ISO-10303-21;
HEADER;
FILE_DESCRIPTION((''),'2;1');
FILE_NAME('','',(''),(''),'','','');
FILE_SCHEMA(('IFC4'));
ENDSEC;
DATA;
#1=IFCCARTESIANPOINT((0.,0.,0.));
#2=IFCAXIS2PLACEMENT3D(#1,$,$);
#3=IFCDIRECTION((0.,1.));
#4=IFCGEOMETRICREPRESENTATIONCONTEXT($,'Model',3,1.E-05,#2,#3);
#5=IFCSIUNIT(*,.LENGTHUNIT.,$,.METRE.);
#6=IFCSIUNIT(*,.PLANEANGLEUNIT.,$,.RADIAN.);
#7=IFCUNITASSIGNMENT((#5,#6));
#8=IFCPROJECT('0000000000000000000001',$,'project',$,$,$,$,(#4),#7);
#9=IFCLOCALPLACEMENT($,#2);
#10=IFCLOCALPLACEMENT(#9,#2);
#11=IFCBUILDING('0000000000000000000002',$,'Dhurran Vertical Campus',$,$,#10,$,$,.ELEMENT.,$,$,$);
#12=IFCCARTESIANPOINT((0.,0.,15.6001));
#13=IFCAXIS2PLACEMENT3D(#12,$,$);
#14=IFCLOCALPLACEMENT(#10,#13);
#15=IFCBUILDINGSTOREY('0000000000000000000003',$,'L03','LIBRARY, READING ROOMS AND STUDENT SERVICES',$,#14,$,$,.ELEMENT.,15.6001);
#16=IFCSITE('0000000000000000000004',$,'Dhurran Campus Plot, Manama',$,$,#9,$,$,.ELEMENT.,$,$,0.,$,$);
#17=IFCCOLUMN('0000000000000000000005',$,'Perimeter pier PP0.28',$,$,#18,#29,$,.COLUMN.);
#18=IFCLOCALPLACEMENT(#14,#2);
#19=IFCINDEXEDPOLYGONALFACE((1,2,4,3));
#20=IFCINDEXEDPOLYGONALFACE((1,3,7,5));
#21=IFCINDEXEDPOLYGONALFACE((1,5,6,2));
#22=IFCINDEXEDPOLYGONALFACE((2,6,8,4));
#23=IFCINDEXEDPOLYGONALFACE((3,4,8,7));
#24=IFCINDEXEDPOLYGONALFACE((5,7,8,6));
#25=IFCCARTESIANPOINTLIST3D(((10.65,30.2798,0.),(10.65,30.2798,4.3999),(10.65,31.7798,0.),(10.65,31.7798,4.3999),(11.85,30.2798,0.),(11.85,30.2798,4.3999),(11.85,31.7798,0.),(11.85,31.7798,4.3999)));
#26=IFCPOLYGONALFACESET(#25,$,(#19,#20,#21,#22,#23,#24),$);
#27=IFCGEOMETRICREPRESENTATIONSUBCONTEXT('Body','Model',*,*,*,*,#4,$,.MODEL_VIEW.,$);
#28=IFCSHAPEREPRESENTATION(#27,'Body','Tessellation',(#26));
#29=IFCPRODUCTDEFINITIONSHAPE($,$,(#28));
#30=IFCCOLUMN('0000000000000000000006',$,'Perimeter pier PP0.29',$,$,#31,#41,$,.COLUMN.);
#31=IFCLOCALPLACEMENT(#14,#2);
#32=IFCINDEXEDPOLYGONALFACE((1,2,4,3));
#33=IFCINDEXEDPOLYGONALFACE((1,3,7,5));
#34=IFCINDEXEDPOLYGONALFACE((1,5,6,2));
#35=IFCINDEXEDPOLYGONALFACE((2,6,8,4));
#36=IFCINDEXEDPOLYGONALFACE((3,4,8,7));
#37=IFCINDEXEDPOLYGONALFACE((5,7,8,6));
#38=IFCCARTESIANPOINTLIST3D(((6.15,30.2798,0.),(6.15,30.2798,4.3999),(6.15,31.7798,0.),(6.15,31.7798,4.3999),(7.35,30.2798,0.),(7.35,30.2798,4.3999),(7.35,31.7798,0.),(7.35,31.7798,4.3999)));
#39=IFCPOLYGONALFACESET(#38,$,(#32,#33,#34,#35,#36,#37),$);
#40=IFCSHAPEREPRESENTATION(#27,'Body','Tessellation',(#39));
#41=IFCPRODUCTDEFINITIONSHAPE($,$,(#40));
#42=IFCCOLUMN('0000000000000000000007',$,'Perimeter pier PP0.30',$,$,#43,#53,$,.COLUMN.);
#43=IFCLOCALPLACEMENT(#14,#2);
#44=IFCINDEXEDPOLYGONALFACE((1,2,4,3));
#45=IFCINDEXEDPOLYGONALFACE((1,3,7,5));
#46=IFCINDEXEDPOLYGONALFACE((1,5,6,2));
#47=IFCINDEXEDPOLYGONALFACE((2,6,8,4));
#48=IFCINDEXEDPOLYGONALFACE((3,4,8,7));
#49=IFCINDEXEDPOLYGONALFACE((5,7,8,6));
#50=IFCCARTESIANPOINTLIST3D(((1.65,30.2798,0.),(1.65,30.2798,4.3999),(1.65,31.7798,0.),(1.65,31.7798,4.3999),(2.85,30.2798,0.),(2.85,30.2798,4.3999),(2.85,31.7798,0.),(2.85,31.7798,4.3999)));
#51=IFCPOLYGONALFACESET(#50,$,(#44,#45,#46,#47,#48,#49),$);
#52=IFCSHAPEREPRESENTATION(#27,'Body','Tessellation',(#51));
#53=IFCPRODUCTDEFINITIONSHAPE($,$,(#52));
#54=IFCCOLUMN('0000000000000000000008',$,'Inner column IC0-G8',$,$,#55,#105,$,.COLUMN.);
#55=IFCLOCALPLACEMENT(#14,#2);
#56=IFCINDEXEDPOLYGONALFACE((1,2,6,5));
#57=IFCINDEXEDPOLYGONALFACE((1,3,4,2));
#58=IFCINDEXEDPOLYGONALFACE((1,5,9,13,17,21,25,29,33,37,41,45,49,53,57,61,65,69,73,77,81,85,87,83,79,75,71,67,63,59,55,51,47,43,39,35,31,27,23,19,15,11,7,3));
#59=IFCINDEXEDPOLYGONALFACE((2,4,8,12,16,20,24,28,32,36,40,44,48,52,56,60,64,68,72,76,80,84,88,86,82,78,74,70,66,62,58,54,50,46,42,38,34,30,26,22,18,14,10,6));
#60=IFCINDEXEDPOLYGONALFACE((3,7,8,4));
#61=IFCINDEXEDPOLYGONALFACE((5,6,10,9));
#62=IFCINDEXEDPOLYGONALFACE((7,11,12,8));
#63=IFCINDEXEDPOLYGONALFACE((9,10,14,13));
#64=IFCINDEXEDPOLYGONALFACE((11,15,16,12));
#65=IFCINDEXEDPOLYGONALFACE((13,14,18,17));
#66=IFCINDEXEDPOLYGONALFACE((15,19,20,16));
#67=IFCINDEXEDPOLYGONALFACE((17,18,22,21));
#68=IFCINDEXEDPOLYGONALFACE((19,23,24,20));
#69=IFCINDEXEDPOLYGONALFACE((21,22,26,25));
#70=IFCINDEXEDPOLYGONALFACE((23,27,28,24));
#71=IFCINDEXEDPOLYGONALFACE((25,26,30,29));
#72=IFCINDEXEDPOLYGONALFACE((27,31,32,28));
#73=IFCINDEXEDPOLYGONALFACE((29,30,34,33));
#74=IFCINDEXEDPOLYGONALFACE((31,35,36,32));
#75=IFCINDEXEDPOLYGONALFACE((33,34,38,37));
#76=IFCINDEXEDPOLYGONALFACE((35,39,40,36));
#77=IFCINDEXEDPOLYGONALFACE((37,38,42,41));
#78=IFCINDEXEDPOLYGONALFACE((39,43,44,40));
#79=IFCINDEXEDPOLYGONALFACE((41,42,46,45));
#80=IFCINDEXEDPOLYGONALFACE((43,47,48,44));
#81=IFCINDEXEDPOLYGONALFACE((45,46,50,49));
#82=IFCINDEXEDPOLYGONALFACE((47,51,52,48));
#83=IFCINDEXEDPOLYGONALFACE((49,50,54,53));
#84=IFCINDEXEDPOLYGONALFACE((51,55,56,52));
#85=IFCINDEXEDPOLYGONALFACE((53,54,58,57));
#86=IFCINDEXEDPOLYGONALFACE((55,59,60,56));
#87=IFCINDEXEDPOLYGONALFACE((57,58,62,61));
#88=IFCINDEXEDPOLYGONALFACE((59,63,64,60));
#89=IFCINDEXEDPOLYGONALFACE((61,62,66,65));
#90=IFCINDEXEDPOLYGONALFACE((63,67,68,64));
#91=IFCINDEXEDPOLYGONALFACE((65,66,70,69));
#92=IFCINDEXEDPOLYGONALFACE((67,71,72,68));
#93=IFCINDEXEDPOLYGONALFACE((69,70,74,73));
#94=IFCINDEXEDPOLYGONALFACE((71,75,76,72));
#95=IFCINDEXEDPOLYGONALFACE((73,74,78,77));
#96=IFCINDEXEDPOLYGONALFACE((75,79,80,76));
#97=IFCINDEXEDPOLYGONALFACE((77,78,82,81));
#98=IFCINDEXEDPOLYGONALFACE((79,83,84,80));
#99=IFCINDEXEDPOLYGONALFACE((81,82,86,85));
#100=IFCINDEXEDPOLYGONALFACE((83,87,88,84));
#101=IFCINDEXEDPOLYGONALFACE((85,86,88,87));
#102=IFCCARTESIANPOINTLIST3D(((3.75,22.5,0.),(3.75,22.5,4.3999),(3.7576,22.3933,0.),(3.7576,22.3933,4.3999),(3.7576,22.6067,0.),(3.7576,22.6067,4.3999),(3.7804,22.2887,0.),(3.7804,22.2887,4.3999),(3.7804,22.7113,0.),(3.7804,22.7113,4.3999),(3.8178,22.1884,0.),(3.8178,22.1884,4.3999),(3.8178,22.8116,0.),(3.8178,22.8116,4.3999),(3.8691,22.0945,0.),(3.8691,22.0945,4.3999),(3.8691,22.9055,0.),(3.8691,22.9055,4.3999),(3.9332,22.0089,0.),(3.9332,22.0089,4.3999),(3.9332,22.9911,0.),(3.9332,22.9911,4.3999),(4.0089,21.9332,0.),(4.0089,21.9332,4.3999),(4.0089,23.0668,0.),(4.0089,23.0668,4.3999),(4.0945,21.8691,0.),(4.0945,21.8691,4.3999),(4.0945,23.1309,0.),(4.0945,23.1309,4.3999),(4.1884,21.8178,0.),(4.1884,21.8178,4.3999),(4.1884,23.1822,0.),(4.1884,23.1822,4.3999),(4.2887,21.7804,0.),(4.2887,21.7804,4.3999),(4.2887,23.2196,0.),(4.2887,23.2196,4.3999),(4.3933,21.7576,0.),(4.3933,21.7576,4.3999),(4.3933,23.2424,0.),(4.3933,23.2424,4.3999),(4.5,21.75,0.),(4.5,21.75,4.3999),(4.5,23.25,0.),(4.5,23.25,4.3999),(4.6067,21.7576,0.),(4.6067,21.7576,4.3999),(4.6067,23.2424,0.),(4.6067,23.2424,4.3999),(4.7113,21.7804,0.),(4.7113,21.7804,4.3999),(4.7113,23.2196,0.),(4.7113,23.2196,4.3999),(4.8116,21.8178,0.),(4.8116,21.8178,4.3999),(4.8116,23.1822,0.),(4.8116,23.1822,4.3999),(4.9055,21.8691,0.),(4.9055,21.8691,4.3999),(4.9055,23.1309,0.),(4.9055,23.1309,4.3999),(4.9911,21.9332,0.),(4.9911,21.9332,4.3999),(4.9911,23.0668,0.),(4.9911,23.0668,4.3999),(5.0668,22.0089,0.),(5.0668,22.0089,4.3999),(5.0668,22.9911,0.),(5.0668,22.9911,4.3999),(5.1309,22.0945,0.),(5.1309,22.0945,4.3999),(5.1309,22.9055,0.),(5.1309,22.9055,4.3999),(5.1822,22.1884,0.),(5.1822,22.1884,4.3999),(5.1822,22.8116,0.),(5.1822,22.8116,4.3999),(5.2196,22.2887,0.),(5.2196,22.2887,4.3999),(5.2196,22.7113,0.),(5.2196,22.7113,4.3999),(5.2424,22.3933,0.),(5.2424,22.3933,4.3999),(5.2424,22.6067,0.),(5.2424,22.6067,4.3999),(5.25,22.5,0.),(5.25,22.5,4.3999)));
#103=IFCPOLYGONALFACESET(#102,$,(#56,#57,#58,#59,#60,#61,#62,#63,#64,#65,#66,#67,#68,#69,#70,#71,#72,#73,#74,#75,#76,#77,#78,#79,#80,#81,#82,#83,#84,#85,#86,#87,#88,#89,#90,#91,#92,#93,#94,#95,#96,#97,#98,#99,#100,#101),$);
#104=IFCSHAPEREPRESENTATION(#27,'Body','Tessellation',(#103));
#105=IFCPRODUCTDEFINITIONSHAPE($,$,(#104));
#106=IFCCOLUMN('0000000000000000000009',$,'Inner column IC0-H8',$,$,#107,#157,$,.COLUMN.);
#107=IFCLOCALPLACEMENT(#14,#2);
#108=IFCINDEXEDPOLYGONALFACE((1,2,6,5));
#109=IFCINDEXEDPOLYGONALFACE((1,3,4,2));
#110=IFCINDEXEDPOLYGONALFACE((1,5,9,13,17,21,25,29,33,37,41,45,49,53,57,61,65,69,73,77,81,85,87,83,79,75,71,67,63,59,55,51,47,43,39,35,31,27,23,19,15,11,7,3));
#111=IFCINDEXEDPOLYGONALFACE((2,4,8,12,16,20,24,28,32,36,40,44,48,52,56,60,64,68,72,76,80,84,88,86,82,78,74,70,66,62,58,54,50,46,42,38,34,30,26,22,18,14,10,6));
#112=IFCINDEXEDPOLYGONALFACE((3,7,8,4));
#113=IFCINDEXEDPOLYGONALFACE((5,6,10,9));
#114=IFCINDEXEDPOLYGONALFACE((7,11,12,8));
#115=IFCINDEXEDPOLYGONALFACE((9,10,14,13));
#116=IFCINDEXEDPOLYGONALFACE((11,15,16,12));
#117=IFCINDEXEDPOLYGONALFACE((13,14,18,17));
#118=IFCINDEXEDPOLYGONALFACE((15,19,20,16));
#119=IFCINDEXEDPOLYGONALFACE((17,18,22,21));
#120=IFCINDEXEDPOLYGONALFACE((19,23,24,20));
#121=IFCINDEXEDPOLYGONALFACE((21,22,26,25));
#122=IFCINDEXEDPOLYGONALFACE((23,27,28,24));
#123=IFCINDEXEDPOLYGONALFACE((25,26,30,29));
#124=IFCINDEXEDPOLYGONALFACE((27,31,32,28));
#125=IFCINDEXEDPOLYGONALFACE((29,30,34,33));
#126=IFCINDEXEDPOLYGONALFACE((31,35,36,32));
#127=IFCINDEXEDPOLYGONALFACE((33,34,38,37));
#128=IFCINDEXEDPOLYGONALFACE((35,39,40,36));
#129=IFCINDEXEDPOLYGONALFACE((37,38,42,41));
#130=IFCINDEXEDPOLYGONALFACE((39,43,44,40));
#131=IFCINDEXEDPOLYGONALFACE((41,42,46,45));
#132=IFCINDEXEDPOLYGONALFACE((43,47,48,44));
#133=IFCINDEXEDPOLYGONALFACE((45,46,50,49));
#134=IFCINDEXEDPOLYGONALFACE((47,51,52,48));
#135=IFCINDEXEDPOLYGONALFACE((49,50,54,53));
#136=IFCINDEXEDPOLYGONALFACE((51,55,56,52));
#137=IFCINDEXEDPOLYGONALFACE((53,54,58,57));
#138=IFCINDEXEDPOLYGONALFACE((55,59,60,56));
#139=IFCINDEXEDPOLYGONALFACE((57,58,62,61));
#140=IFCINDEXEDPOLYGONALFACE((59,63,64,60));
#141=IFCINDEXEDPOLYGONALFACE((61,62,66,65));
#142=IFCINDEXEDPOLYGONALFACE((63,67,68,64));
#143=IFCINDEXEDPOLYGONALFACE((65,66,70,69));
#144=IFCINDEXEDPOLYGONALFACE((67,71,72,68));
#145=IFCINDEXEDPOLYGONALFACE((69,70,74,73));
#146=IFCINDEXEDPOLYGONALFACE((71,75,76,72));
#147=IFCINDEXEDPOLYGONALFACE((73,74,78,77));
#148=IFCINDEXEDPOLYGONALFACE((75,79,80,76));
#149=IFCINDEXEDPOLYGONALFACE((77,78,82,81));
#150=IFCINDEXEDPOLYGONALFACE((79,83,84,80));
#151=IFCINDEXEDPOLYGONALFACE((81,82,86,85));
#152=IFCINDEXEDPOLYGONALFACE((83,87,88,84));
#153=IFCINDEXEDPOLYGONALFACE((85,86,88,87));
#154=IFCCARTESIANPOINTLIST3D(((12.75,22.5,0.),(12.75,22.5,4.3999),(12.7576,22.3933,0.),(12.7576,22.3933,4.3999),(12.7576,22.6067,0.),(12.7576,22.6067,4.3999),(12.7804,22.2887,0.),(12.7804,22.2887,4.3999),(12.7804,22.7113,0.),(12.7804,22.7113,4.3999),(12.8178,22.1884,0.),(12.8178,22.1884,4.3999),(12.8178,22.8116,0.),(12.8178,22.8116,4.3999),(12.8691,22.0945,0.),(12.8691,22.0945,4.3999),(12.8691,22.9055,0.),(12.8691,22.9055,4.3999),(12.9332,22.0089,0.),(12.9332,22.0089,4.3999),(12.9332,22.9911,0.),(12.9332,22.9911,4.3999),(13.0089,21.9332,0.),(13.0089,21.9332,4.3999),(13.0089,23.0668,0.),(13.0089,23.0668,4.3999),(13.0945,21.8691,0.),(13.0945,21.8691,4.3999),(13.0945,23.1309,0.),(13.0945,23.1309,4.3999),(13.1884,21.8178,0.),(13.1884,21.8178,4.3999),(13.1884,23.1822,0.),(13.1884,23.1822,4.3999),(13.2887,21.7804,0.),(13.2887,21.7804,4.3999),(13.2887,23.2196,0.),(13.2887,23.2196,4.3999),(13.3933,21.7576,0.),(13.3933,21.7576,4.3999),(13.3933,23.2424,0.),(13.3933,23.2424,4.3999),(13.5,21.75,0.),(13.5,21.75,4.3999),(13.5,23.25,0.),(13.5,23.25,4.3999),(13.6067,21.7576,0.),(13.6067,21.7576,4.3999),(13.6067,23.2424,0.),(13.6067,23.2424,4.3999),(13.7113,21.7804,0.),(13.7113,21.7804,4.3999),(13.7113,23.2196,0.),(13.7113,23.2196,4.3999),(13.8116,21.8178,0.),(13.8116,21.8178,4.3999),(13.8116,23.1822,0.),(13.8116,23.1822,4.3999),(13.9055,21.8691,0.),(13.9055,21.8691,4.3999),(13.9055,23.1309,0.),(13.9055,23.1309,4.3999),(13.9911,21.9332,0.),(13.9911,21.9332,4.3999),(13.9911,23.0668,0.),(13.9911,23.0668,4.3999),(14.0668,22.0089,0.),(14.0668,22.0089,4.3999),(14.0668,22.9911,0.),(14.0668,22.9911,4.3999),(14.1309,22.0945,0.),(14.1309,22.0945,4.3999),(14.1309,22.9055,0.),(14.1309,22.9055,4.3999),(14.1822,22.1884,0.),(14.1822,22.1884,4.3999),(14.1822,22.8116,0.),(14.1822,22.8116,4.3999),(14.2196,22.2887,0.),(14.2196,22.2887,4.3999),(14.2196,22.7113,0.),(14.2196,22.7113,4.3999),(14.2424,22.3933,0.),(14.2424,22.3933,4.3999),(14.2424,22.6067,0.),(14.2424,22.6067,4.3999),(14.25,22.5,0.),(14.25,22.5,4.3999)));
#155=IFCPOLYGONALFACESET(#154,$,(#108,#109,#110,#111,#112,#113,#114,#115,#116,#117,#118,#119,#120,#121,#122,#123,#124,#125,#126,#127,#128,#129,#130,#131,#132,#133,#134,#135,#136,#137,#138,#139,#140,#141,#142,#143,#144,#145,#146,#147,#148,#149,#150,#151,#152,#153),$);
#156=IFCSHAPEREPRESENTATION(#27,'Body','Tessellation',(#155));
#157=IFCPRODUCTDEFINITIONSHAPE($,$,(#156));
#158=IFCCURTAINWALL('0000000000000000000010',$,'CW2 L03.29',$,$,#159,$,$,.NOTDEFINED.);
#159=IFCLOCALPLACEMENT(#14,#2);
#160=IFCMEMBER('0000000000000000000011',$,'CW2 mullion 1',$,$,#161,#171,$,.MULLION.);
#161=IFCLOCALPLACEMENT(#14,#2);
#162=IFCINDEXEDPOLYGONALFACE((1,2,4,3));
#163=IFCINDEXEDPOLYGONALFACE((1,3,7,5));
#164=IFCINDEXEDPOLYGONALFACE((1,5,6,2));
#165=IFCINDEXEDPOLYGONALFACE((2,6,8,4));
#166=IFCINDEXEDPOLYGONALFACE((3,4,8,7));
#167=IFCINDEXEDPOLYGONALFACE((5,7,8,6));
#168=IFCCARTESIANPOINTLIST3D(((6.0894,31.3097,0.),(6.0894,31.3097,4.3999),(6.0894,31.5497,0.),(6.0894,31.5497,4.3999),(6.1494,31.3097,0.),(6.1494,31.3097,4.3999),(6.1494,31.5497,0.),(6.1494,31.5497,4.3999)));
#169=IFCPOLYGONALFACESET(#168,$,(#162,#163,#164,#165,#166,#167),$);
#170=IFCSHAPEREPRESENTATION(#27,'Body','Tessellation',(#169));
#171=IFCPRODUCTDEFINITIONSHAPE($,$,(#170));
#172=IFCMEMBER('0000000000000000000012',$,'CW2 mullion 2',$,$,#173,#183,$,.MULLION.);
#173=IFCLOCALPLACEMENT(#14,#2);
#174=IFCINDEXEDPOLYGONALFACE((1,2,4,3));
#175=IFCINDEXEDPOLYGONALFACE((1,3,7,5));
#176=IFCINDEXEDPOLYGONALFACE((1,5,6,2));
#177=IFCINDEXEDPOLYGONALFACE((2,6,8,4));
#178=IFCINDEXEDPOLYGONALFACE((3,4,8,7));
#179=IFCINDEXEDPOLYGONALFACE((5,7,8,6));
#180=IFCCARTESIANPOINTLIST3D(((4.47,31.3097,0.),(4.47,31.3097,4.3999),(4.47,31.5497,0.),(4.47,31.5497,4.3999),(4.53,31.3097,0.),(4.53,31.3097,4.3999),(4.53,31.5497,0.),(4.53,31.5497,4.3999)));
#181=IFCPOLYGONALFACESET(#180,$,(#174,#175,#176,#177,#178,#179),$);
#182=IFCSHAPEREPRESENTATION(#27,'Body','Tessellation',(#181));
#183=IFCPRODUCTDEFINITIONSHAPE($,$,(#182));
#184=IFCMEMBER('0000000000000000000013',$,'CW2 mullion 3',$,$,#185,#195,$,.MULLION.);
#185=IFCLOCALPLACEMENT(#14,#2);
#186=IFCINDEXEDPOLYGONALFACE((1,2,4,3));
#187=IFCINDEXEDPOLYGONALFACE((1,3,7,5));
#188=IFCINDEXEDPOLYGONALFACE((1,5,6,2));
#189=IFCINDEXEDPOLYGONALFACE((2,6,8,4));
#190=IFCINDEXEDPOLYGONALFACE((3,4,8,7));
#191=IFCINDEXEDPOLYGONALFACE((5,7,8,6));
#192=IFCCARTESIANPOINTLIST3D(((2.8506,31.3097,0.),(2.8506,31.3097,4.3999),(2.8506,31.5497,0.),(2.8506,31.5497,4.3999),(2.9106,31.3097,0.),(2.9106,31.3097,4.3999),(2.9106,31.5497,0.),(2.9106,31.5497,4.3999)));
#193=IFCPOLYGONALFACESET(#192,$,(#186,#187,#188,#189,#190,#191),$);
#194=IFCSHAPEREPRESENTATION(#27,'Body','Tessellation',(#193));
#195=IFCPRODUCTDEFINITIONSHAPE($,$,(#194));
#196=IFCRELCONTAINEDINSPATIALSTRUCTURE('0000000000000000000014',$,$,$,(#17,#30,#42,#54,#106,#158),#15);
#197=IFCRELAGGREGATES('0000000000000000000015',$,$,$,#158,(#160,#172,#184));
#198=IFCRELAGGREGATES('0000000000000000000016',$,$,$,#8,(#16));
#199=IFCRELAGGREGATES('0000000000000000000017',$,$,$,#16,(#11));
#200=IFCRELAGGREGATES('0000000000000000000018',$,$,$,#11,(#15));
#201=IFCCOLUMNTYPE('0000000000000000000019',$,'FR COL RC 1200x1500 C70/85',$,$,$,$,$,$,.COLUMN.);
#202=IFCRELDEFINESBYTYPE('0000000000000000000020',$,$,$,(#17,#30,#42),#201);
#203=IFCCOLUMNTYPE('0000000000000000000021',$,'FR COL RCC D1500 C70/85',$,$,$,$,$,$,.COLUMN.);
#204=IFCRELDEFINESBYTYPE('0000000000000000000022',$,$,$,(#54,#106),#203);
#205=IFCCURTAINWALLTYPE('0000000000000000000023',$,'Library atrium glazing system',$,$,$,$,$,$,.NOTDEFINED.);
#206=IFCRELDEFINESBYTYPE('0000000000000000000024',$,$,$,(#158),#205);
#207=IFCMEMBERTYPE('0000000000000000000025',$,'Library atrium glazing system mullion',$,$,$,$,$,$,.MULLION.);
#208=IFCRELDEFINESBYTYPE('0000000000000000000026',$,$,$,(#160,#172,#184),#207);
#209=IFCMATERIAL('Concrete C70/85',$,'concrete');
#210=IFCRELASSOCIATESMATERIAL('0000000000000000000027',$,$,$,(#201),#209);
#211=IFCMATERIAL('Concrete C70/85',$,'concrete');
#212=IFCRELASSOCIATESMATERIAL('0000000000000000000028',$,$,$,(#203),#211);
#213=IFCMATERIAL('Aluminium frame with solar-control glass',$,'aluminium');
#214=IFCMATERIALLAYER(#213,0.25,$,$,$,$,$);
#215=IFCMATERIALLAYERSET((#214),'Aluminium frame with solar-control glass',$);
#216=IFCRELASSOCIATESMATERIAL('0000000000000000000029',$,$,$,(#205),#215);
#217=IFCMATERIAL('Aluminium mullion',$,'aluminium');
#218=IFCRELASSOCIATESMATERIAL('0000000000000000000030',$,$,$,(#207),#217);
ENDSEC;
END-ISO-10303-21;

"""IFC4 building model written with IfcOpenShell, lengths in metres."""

from ifc_helpers import new_model, si_unit, direction, frame, origin, origin_2d, place, context, subcontext, project, spatial, rectangle, circle, extrude, material, layer, layer_set, material_profile, profile_set, type_object, element, aggregate, save


model = new_model("IFC4")

# Units and contexts
model_context = context("Model", 3, precision=1e-05, world=origin(), true_north=direction((0.0, 1.0)))
body_context = subcontext(model_context, "Body", "Model", "MODEL_VIEW")
ifc_project = project(units=[si_unit("LENGTHUNIT", "METRE"), si_unit("PLANEANGLEUNIT", "RADIAN")], contexts=[model_context])

# Site, building, storey
site_placement = place(None, origin())
site = spatial("IfcSite", under=ifc_project, at=site_placement, Name="Dhurran Campus Plot, Manama", CompositionType="ELEMENT", RefElevation=0.0)
building_placement = place(site_placement, origin())
building = spatial("IfcBuilding", under=site, at=building_placement, Name="Dhurran Vertical Campus", CompositionType="ELEMENT")
storey_placement = place(building_placement, frame((0.0, 0.0, 15.6001)))
storey = spatial("IfcBuildingStorey", under=building, at=storey_placement, Name="L03", Description="LIBRARY, READING ROOMS AND STUDENT SERVICES", CompositionType="ELEMENT", Elevation=15.6001)

# Columns
ifc_material_1 = material(Name="Concrete C70/85", Category="concrete")
ifc_material_profile_1 = material_profile(ifc_material_1, rectangle(XDim=1.2, YDim=1.5, at=origin_2d()), Name="RC 1200x1500")
ifc_profile_set_1 = profile_set([ifc_material_profile_1], Name="Concrete C70/85")
column_type_1 = type_object("IfcColumnType", Name="FR COL RC 1200x1500 C70/85", PredefinedType="COLUMN", material=ifc_profile_set_1)
for number, where, z_axis, x_axis, name in (
    (1, (11.25, 31.0298, 0.0), (0.0, 0.0, 1.0), (-1.0, 0.0, 0.0), "Perimeter pier PP0.28"),
    (2, (6.75, 31.0298, 0.0), (0.0, 0.0, 1.0), (-1.0, 0.0, 0.0), "Perimeter pier PP0.29"),
    (3, (2.25, 31.0298, 0.0), (0.0, 0.0, 1.0), (-1.0, 0.0, 0.0), "Perimeter pier PP0.30"),
):
    element("IfcColumn", number, at=place(storey_placement, frame(where, z_axis=z_axis, x_axis=x_axis)), inside=storey, type_object=column_type_1, Name=name, PredefinedType="COLUMN", context=body_context, shape_type="SweptSolid", body=[
        extrude(rectangle(XDim=1.2, YDim=1.5, at=origin_2d()), origin(), (0.0, 0.0, 1.0), 4.3999),
    ])
ifc_material_2 = material(Name="Concrete C70/85", Category="concrete")
ifc_material_profile_2 = material_profile(ifc_material_2, circle(Radius=0.75, at=origin_2d()), Name="RCC D1500")
ifc_profile_set_2 = profile_set([ifc_material_profile_2], Name="Concrete C70/85")
column_type_2 = type_object("IfcColumnType", Name="FR COL RCC D1500 C70/85", PredefinedType="COLUMN", material=ifc_profile_set_2)
for number, where, z_axis, x_axis, name in (
    (4, (4.5, 22.5, 0.0), (0.0, 0.0, 1.0), (1.0, 0.0, 0.0), "Inner column IC0-G8"),
    (5, (13.5, 22.5, 0.0), (0.0, 0.0, 1.0), (1.0, 0.0, 0.0), "Inner column IC0-H8"),
):
    element("IfcColumn", number, at=place(storey_placement, frame(where, z_axis=z_axis, x_axis=x_axis)), inside=storey, type_object=column_type_2, Name=name, PredefinedType="COLUMN", context=body_context, shape_type="SweptSolid", body=[
        extrude(circle(Radius=0.75, at=origin_2d()), origin(), (0.0, 0.0, 1.0), 4.3999),
    ])

# Curtain wall, members
ifc_material_3 = material(Name="Aluminium frame with solar-control glass", Category="aluminium")
ifc_layer_1 = layer(ifc_material_3, 0.25)
ifc_layer_set_1 = layer_set([ifc_layer_1], Name="Aluminium frame with solar-control glass")
curtain_wall_type = type_object("IfcCurtainWallType", Name="Library atrium glazing system", PredefinedType="NOTDEFINED", material=ifc_layer_set_1)
curtain_wall_placement = place(storey_placement, origin())
curtain_wall = element("IfcCurtainWall", 6, at=curtain_wall_placement, inside=storey, type_object=curtain_wall_type, Name="CW2 L03.29", PredefinedType="NOTDEFINED")
ifc_material_4 = material(Name="Aluminium mullion", Category="aluminium")
ifc_material_profile_3 = material_profile(ifc_material_4, rectangle(XDim=0.24, YDim=0.0601, at=origin_2d()), Name="Library atrium glazing system mullion")
ifc_profile_set_3 = profile_set([ifc_material_profile_3], Name="Aluminium mullion")
member_type_1 = type_object("IfcMemberType", Name="Library atrium glazing system mullion", PredefinedType="MULLION", material=ifc_profile_set_3)
member_1_placement = place(storey_placement, frame((6.1194, 31.4297, 0.0), z_axis=(0.0, 0.0, 1.0), x_axis=(0.0, -1.0, 0.0)))
member_1 = element("IfcMember", 7, at=member_1_placement, type_object=member_type_1, Name="CW2 mullion 1", PredefinedType="MULLION", context=body_context, shape_type="SweptSolid", body=[
    extrude(rectangle(XDim=0.24, YDim=0.0601, at=origin_2d()), origin(), (0.0, 0.0, 1.0), 4.3999),
])
member_2_placement = place(storey_placement, frame((4.5, 31.4297, 0.0), z_axis=(0.0, 0.0, 1.0), x_axis=(0.0, -1.0, 0.0)))
member_2 = element("IfcMember", 8, at=member_2_placement, type_object=member_type_1, Name="CW2 mullion 2", PredefinedType="MULLION", context=body_context, shape_type="SweptSolid", body=[
    extrude(rectangle(XDim=0.24, YDim=0.0601, at=origin_2d()), origin(), (0.0, 0.0, 1.0), 4.3999),
])
member_3_placement = place(storey_placement, frame((2.8806, 31.4297, 0.0), z_axis=(0.0, 0.0, 1.0), x_axis=(0.0, -1.0, 0.0)))
member_3 = element("IfcMember", 9, at=member_3_placement, type_object=member_type_1, Name="CW2 mullion 3", PredefinedType="MULLION", context=body_context, shape_type="SweptSolid", body=[
    extrude(rectangle(XDim=0.24, YDim=0.0601, at=origin_2d()), origin(), (0.0, 0.0, 1.0), 4.3999),
])
aggregate(curtain_wall, [member_1, member_2, member_3])

save(model, "model.ifc")
